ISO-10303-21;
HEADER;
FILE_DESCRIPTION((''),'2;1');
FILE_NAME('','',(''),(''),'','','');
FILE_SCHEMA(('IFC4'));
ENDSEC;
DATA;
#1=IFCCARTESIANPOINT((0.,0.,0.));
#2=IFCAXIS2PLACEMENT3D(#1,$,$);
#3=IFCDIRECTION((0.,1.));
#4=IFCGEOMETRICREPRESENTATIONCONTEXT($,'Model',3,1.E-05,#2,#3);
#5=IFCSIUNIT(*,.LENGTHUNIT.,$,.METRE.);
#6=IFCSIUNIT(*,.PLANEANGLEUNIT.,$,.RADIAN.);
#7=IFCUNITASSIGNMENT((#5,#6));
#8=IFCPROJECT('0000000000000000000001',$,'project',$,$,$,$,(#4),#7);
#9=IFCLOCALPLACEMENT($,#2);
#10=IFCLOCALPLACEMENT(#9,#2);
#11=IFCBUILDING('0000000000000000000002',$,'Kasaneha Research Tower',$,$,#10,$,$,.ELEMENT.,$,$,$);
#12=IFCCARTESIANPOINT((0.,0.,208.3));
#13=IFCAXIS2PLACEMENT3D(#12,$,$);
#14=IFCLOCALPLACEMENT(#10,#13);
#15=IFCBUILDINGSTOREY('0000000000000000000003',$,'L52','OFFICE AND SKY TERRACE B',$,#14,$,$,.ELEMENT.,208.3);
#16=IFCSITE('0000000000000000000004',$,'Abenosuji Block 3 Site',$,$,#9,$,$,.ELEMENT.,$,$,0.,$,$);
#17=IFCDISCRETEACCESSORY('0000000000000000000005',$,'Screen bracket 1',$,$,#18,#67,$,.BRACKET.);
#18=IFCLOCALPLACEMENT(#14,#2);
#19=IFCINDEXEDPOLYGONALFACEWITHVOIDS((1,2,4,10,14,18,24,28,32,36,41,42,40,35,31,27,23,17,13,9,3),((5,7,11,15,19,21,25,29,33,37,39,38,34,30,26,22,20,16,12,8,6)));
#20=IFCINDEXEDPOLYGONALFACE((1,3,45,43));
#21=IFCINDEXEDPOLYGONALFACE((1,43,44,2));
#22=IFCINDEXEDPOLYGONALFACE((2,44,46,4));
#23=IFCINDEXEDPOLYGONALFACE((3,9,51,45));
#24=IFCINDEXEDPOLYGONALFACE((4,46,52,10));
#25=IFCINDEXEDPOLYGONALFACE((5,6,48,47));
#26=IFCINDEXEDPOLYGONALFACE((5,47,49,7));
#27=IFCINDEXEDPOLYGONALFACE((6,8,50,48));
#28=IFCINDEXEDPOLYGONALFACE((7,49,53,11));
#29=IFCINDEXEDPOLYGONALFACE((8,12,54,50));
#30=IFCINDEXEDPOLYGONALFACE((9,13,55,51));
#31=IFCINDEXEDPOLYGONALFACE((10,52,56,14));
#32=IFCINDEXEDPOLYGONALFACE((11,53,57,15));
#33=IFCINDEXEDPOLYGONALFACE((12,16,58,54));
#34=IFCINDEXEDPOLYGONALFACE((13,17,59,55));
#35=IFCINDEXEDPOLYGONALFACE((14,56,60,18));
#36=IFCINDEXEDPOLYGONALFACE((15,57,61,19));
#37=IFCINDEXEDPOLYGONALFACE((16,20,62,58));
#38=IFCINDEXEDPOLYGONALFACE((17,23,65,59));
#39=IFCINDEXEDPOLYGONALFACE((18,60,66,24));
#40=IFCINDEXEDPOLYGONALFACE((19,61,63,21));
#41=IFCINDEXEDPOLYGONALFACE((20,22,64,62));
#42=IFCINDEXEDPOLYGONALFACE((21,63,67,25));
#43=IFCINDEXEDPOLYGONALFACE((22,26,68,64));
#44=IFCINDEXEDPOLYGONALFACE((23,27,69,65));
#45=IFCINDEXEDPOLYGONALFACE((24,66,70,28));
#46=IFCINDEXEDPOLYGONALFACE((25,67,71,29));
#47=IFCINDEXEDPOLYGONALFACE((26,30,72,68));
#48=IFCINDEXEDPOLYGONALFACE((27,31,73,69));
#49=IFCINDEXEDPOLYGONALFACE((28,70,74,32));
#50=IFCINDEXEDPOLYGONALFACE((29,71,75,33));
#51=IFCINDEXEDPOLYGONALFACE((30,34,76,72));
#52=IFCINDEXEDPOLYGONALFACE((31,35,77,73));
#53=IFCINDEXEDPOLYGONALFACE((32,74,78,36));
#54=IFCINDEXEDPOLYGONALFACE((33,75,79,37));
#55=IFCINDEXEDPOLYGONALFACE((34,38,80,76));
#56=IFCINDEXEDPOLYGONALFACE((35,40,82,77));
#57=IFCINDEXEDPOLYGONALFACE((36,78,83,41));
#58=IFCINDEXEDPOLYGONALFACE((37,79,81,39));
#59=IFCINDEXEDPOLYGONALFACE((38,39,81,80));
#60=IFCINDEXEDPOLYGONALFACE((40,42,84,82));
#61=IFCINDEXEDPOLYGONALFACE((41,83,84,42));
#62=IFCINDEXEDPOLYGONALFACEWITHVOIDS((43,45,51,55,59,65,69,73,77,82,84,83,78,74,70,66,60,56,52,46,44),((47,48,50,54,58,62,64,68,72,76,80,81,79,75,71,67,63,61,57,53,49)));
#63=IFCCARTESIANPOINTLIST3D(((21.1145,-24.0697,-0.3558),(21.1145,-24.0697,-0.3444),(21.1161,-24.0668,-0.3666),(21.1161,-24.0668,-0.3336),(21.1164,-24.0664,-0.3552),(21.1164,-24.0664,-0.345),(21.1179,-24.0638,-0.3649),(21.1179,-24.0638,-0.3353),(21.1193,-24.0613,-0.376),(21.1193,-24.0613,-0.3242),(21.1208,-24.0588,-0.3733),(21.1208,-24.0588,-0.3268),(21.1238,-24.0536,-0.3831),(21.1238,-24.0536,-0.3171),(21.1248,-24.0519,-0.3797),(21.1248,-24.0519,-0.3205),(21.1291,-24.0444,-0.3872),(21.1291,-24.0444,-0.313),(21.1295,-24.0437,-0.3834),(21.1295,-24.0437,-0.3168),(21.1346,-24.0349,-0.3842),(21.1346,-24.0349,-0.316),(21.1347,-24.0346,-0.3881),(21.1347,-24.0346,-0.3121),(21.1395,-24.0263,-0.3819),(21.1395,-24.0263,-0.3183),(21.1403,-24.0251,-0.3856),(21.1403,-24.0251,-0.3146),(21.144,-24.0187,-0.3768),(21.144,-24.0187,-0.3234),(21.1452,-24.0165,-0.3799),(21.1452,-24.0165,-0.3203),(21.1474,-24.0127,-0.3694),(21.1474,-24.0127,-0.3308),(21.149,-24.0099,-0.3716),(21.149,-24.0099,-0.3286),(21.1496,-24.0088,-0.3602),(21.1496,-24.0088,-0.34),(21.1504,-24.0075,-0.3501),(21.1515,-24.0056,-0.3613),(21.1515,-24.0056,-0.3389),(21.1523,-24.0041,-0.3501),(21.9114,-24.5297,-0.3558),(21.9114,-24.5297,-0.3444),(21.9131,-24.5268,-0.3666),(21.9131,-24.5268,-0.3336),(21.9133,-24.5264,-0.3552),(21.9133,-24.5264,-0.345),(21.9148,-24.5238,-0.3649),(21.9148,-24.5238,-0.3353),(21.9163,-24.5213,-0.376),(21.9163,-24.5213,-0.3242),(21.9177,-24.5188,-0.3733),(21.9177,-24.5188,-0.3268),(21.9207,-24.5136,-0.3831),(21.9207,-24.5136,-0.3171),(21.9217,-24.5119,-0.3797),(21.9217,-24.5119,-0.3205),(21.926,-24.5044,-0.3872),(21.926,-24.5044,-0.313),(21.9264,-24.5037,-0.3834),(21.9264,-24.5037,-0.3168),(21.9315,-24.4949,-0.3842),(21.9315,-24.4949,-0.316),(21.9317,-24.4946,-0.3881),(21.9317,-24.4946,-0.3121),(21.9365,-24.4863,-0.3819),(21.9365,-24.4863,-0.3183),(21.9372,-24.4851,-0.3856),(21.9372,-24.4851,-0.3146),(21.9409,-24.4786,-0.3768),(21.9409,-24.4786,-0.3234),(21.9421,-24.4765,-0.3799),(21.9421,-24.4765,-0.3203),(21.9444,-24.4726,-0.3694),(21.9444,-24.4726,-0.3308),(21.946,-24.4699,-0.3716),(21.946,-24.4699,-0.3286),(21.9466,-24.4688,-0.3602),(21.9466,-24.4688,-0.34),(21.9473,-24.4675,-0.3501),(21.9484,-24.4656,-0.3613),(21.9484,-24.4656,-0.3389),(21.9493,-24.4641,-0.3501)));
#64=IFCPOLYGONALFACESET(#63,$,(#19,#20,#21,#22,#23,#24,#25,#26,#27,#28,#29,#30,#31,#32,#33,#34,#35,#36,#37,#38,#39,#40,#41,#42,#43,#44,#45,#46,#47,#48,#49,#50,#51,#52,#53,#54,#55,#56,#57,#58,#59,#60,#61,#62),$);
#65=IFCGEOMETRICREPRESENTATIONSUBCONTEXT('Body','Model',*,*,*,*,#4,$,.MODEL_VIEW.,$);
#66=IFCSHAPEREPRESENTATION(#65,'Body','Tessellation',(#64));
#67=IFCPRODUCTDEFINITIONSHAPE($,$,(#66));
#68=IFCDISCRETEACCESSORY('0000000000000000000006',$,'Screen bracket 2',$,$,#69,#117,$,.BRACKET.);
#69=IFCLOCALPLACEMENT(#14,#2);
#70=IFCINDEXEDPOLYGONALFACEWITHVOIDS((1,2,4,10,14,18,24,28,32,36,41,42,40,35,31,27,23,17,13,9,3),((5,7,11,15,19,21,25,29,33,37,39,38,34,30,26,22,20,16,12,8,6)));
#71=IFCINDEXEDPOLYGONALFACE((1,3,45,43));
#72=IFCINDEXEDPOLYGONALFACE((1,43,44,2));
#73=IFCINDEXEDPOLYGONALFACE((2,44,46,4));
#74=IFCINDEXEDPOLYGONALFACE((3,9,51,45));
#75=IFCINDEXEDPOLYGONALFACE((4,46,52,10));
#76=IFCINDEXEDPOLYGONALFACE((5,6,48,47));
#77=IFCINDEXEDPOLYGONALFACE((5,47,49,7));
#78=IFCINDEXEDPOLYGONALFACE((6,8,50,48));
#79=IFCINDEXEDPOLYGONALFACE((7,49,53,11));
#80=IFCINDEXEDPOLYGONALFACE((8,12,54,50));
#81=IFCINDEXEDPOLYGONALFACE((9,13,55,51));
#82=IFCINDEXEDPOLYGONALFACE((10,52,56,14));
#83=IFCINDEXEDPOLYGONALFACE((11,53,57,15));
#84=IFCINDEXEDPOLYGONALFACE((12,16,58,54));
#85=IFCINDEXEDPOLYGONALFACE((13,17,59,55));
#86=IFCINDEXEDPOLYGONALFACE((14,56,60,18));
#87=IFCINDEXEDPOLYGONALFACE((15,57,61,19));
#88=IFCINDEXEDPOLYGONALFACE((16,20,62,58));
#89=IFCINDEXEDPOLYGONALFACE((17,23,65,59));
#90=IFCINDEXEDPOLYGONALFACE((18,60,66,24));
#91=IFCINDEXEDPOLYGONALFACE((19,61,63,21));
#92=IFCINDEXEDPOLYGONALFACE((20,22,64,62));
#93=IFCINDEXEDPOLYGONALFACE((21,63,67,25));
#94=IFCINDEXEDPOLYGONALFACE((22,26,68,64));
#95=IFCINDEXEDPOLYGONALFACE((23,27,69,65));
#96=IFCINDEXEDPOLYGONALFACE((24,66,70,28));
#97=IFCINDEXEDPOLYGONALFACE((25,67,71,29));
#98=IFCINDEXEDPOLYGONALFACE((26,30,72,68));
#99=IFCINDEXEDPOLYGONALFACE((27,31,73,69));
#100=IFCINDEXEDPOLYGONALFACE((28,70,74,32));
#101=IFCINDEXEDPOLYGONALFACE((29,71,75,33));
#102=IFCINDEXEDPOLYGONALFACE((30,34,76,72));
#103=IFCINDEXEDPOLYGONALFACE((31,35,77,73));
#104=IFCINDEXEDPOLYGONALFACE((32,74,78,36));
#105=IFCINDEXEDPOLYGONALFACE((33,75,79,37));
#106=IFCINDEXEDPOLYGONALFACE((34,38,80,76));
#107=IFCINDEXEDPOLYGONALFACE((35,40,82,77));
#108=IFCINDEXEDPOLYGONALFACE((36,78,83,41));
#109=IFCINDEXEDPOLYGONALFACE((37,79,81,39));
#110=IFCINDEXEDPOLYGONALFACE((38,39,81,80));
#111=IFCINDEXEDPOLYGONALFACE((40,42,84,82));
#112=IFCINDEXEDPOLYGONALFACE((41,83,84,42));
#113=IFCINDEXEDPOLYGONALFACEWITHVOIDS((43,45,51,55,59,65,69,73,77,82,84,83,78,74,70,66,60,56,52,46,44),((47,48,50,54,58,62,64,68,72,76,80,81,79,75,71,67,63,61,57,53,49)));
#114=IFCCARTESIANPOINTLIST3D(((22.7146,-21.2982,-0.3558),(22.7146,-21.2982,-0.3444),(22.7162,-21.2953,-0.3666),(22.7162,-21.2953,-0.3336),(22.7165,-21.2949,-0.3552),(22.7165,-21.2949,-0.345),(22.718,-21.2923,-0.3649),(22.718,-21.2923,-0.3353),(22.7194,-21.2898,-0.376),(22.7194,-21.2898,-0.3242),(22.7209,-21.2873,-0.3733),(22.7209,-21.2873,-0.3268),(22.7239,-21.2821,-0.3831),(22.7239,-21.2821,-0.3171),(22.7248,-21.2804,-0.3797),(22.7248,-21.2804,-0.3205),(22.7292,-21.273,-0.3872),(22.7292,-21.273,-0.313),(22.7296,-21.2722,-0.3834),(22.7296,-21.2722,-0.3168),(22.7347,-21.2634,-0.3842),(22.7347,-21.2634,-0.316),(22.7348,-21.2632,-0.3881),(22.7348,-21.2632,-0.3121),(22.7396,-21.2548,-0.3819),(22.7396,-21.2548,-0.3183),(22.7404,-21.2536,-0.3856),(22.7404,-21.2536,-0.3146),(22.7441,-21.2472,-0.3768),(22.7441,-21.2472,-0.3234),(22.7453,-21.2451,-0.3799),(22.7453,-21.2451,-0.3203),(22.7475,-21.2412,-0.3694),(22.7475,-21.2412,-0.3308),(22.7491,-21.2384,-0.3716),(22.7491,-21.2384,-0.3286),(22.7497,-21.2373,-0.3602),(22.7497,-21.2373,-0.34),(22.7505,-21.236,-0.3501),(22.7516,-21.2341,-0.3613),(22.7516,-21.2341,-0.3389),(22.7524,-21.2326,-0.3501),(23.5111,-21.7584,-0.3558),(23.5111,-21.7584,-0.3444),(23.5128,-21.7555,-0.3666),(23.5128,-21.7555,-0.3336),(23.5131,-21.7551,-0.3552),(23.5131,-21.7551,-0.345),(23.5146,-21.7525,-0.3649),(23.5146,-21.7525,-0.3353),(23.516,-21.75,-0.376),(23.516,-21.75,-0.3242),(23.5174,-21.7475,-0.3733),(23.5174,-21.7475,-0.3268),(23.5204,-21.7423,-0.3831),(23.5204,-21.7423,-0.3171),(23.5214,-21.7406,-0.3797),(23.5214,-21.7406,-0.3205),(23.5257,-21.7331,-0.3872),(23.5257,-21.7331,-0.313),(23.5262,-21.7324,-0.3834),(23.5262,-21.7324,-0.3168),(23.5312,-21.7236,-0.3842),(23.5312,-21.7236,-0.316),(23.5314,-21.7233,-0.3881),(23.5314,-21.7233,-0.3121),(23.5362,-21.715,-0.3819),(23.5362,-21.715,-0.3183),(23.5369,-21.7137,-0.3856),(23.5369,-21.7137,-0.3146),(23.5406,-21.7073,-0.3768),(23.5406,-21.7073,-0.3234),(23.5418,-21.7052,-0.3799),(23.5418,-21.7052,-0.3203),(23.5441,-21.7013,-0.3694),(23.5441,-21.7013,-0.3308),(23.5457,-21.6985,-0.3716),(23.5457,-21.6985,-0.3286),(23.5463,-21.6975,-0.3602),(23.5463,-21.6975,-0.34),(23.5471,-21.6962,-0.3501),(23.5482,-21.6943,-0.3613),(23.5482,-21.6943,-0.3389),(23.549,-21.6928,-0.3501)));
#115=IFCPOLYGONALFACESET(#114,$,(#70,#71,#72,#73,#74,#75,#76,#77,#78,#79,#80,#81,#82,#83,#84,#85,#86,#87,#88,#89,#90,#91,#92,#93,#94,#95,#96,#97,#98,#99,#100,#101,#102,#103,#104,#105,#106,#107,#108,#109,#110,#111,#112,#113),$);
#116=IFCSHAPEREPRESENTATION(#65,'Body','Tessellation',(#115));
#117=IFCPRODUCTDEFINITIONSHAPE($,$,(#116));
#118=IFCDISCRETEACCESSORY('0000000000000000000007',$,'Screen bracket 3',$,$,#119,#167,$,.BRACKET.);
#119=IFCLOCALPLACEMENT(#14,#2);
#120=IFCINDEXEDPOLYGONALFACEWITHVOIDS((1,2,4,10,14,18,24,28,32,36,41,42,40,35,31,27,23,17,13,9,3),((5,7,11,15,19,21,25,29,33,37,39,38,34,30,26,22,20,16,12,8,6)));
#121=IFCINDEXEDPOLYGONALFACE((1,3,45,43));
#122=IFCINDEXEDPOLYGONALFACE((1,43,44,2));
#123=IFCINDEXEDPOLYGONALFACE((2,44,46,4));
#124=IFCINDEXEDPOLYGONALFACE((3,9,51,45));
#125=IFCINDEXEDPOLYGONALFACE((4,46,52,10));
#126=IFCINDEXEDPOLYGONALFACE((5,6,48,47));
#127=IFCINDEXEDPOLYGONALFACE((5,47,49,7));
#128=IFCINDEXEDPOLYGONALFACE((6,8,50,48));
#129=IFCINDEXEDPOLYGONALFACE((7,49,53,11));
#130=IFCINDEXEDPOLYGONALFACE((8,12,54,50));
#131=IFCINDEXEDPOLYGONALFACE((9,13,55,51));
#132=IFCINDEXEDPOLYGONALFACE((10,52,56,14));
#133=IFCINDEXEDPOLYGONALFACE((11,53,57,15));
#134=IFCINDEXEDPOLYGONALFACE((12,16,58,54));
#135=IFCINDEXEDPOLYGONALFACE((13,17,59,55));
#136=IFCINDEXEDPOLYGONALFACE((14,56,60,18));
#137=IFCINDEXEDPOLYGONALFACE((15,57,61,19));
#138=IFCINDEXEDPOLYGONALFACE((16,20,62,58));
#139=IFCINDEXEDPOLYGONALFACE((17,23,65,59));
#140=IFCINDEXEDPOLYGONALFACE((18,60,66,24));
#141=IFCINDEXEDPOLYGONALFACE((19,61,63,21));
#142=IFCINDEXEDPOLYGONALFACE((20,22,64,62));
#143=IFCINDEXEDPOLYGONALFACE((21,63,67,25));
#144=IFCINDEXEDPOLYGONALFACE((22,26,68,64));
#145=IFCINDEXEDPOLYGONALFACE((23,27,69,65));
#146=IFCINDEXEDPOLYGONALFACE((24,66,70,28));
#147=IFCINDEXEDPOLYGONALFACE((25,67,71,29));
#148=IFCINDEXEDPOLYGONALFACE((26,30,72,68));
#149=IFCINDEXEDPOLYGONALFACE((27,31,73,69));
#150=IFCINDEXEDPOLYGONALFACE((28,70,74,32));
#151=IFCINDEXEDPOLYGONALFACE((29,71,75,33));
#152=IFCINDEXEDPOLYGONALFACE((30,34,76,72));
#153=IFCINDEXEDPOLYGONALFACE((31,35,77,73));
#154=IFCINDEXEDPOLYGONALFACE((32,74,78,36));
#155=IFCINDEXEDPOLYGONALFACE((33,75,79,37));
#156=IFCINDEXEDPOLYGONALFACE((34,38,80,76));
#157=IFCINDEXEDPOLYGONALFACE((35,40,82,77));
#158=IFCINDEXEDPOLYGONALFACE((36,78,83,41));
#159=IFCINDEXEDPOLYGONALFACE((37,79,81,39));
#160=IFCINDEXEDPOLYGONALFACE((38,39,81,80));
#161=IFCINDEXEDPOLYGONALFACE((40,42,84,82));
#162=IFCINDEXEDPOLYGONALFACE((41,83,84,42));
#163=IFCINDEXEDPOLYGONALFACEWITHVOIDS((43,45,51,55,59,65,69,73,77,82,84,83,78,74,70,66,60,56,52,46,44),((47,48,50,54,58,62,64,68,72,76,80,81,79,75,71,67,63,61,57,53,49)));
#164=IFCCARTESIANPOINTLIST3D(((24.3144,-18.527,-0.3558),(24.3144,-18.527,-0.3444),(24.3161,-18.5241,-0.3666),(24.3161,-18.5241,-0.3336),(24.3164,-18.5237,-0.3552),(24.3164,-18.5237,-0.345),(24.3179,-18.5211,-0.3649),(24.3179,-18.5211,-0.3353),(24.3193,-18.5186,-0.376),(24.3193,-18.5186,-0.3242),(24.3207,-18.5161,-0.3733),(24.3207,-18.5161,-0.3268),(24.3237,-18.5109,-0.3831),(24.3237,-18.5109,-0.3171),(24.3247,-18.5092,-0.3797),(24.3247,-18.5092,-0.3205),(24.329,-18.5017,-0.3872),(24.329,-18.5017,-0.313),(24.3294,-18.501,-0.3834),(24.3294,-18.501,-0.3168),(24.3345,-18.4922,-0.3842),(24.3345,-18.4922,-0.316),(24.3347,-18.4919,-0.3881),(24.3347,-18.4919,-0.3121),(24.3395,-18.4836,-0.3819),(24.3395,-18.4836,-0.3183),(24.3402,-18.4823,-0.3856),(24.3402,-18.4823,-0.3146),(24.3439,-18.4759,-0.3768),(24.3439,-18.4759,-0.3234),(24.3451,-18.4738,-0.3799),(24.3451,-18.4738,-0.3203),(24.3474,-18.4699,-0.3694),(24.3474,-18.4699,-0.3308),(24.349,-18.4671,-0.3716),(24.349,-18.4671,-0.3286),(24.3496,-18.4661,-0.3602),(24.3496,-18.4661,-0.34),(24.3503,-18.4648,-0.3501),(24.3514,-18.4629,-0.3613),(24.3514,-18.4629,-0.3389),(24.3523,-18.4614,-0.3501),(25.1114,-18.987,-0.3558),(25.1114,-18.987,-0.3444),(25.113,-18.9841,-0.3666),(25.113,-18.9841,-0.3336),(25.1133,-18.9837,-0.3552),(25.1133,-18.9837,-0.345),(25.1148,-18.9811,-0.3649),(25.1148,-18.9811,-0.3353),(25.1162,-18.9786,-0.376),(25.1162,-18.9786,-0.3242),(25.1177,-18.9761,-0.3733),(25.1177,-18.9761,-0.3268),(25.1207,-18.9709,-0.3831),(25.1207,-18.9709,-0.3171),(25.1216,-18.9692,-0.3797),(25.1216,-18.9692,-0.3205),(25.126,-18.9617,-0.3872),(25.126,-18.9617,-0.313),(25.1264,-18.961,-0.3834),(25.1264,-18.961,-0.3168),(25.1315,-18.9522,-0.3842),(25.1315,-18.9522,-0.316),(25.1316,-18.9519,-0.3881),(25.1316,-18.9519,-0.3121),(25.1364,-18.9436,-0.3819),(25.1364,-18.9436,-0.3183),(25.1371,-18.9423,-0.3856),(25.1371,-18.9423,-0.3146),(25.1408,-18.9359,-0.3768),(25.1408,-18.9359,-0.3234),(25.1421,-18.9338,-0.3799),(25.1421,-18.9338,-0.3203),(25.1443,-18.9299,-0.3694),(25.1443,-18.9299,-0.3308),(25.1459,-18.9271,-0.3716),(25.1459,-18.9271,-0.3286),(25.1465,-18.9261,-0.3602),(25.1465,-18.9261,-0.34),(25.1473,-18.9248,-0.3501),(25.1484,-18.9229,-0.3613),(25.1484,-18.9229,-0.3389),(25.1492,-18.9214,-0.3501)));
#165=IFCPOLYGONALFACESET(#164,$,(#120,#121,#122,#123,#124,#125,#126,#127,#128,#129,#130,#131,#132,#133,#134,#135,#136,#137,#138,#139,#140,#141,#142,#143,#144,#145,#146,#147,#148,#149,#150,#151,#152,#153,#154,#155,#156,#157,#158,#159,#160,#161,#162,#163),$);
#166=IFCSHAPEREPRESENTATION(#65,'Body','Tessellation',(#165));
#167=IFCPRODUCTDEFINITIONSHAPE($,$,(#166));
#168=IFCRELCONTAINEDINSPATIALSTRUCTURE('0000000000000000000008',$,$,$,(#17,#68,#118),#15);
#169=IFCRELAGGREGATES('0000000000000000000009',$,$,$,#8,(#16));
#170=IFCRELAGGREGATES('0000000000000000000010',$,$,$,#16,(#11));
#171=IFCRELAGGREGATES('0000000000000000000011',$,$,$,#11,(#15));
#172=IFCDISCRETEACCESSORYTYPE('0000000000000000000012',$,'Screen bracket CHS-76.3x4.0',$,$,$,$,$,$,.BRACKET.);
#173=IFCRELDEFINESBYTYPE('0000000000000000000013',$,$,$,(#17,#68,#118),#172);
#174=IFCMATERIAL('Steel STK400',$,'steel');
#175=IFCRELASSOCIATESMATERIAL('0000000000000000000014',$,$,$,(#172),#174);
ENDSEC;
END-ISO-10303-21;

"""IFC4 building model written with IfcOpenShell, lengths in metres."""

from ifc_helpers import new_model, si_unit, direction, frame, origin, origin_2d, place, context, subcontext, project, spatial, hollow_circle, extrude, material, material_profile, profile_set, type_object, element, save


model = new_model("IFC4")

# Units and contexts
model_context = context("Model", 3, precision=1e-05, world=origin(), true_north=direction((0.0, 1.0)))
body_context = subcontext(model_context, "Body", "Model", "MODEL_VIEW")
ifc_project = project(units=[si_unit("LENGTHUNIT", "METRE"), si_unit("PLANEANGLEUNIT", "RADIAN")], contexts=[model_context])

# Site, building, storey
site_placement = place(None, origin())
site = spatial("IfcSite", under=ifc_project, at=site_placement, Name="Abenosuji Block 3 Site", CompositionType="ELEMENT", RefElevation=0.0)
building_placement = place(site_placement, origin())
building = spatial("IfcBuilding", under=site, at=building_placement, Name="Kasaneha Research Tower", CompositionType="ELEMENT")
storey_placement = place(building_placement, frame((0.0, 0.0, 208.3)))
storey = spatial("IfcBuildingStorey", under=building, at=storey_placement, Name="L52", Description="OFFICE AND SKY TERRACE B", CompositionType="ELEMENT", Elevation=208.3)

# Discrete accessories
ifc_material_1 = material(Name="Steel STK400", Category="steel")
ifc_material_profile_1 = material_profile(ifc_material_1, hollow_circle(Radius=0.0381, WallThickness=0.0039, at=origin_2d()), Name="CHS-76.3x4.0")
ifc_profile_set_1 = profile_set([ifc_material_profile_1], Name="Steel STK400")
discrete_accessory_type = type_object("IfcDiscreteAccessoryType", Name="Screen bracket CHS-76.3x4.0", PredefinedType="BRACKET", material=ifc_profile_set_1)
discrete_accessory_1_placement = place(storey_placement, frame((21.1333, -24.0371, -0.3501), z_axis=(0.86608, -0.499906, 0.0), x_axis=(0.499906, 0.86608, 0.0)))
element("IfcDiscreteAccessory", 1, at=discrete_accessory_1_placement, inside=storey, type_object=discrete_accessory_type, Name="Screen bracket 1", PredefinedType="BRACKET", context=body_context, shape_type="SweptSolid", body=[
    extrude(hollow_circle(Radius=0.0381, WallThickness=0.0039, at=origin_2d()), origin(), (0.0, 0.0, 1.0), 0.9202),
])
discrete_accessory_2_placement = place(storey_placement, frame((22.7334, -21.2656, -0.3501), z_axis=(0.865898, -0.50022, 0.0), x_axis=(0.50022, 0.865898, 0.0)))
element("IfcDiscreteAccessory", 2, at=discrete_accessory_2_placement, inside=storey, type_object=discrete_accessory_type, Name="Screen bracket 2", PredefinedType="BRACKET", context=body_context, shape_type="SweptSolid", body=[
    extrude(hollow_circle(Radius=0.0381, WallThickness=0.0039, at=origin_2d()), origin(), (0.0, 0.0, 1.0), 0.9199),
])
discrete_accessory_3_placement = place(storey_placement, frame((24.3333, -18.4944, -0.3501), z_axis=(0.86608, -0.499906, 0.0), x_axis=(0.499906, 0.86608, 0.0)))
element("IfcDiscreteAccessory", 3, at=discrete_accessory_3_placement, inside=storey, type_object=discrete_accessory_type, Name="Screen bracket 3", PredefinedType="BRACKET", context=body_context, shape_type="SweptSolid", body=[
    extrude(hollow_circle(Radius=0.0381, WallThickness=0.0039, at=origin_2d()), origin(), (0.0, 0.0, 1.0), 0.9202),
])

save(model, "model.ifc")
